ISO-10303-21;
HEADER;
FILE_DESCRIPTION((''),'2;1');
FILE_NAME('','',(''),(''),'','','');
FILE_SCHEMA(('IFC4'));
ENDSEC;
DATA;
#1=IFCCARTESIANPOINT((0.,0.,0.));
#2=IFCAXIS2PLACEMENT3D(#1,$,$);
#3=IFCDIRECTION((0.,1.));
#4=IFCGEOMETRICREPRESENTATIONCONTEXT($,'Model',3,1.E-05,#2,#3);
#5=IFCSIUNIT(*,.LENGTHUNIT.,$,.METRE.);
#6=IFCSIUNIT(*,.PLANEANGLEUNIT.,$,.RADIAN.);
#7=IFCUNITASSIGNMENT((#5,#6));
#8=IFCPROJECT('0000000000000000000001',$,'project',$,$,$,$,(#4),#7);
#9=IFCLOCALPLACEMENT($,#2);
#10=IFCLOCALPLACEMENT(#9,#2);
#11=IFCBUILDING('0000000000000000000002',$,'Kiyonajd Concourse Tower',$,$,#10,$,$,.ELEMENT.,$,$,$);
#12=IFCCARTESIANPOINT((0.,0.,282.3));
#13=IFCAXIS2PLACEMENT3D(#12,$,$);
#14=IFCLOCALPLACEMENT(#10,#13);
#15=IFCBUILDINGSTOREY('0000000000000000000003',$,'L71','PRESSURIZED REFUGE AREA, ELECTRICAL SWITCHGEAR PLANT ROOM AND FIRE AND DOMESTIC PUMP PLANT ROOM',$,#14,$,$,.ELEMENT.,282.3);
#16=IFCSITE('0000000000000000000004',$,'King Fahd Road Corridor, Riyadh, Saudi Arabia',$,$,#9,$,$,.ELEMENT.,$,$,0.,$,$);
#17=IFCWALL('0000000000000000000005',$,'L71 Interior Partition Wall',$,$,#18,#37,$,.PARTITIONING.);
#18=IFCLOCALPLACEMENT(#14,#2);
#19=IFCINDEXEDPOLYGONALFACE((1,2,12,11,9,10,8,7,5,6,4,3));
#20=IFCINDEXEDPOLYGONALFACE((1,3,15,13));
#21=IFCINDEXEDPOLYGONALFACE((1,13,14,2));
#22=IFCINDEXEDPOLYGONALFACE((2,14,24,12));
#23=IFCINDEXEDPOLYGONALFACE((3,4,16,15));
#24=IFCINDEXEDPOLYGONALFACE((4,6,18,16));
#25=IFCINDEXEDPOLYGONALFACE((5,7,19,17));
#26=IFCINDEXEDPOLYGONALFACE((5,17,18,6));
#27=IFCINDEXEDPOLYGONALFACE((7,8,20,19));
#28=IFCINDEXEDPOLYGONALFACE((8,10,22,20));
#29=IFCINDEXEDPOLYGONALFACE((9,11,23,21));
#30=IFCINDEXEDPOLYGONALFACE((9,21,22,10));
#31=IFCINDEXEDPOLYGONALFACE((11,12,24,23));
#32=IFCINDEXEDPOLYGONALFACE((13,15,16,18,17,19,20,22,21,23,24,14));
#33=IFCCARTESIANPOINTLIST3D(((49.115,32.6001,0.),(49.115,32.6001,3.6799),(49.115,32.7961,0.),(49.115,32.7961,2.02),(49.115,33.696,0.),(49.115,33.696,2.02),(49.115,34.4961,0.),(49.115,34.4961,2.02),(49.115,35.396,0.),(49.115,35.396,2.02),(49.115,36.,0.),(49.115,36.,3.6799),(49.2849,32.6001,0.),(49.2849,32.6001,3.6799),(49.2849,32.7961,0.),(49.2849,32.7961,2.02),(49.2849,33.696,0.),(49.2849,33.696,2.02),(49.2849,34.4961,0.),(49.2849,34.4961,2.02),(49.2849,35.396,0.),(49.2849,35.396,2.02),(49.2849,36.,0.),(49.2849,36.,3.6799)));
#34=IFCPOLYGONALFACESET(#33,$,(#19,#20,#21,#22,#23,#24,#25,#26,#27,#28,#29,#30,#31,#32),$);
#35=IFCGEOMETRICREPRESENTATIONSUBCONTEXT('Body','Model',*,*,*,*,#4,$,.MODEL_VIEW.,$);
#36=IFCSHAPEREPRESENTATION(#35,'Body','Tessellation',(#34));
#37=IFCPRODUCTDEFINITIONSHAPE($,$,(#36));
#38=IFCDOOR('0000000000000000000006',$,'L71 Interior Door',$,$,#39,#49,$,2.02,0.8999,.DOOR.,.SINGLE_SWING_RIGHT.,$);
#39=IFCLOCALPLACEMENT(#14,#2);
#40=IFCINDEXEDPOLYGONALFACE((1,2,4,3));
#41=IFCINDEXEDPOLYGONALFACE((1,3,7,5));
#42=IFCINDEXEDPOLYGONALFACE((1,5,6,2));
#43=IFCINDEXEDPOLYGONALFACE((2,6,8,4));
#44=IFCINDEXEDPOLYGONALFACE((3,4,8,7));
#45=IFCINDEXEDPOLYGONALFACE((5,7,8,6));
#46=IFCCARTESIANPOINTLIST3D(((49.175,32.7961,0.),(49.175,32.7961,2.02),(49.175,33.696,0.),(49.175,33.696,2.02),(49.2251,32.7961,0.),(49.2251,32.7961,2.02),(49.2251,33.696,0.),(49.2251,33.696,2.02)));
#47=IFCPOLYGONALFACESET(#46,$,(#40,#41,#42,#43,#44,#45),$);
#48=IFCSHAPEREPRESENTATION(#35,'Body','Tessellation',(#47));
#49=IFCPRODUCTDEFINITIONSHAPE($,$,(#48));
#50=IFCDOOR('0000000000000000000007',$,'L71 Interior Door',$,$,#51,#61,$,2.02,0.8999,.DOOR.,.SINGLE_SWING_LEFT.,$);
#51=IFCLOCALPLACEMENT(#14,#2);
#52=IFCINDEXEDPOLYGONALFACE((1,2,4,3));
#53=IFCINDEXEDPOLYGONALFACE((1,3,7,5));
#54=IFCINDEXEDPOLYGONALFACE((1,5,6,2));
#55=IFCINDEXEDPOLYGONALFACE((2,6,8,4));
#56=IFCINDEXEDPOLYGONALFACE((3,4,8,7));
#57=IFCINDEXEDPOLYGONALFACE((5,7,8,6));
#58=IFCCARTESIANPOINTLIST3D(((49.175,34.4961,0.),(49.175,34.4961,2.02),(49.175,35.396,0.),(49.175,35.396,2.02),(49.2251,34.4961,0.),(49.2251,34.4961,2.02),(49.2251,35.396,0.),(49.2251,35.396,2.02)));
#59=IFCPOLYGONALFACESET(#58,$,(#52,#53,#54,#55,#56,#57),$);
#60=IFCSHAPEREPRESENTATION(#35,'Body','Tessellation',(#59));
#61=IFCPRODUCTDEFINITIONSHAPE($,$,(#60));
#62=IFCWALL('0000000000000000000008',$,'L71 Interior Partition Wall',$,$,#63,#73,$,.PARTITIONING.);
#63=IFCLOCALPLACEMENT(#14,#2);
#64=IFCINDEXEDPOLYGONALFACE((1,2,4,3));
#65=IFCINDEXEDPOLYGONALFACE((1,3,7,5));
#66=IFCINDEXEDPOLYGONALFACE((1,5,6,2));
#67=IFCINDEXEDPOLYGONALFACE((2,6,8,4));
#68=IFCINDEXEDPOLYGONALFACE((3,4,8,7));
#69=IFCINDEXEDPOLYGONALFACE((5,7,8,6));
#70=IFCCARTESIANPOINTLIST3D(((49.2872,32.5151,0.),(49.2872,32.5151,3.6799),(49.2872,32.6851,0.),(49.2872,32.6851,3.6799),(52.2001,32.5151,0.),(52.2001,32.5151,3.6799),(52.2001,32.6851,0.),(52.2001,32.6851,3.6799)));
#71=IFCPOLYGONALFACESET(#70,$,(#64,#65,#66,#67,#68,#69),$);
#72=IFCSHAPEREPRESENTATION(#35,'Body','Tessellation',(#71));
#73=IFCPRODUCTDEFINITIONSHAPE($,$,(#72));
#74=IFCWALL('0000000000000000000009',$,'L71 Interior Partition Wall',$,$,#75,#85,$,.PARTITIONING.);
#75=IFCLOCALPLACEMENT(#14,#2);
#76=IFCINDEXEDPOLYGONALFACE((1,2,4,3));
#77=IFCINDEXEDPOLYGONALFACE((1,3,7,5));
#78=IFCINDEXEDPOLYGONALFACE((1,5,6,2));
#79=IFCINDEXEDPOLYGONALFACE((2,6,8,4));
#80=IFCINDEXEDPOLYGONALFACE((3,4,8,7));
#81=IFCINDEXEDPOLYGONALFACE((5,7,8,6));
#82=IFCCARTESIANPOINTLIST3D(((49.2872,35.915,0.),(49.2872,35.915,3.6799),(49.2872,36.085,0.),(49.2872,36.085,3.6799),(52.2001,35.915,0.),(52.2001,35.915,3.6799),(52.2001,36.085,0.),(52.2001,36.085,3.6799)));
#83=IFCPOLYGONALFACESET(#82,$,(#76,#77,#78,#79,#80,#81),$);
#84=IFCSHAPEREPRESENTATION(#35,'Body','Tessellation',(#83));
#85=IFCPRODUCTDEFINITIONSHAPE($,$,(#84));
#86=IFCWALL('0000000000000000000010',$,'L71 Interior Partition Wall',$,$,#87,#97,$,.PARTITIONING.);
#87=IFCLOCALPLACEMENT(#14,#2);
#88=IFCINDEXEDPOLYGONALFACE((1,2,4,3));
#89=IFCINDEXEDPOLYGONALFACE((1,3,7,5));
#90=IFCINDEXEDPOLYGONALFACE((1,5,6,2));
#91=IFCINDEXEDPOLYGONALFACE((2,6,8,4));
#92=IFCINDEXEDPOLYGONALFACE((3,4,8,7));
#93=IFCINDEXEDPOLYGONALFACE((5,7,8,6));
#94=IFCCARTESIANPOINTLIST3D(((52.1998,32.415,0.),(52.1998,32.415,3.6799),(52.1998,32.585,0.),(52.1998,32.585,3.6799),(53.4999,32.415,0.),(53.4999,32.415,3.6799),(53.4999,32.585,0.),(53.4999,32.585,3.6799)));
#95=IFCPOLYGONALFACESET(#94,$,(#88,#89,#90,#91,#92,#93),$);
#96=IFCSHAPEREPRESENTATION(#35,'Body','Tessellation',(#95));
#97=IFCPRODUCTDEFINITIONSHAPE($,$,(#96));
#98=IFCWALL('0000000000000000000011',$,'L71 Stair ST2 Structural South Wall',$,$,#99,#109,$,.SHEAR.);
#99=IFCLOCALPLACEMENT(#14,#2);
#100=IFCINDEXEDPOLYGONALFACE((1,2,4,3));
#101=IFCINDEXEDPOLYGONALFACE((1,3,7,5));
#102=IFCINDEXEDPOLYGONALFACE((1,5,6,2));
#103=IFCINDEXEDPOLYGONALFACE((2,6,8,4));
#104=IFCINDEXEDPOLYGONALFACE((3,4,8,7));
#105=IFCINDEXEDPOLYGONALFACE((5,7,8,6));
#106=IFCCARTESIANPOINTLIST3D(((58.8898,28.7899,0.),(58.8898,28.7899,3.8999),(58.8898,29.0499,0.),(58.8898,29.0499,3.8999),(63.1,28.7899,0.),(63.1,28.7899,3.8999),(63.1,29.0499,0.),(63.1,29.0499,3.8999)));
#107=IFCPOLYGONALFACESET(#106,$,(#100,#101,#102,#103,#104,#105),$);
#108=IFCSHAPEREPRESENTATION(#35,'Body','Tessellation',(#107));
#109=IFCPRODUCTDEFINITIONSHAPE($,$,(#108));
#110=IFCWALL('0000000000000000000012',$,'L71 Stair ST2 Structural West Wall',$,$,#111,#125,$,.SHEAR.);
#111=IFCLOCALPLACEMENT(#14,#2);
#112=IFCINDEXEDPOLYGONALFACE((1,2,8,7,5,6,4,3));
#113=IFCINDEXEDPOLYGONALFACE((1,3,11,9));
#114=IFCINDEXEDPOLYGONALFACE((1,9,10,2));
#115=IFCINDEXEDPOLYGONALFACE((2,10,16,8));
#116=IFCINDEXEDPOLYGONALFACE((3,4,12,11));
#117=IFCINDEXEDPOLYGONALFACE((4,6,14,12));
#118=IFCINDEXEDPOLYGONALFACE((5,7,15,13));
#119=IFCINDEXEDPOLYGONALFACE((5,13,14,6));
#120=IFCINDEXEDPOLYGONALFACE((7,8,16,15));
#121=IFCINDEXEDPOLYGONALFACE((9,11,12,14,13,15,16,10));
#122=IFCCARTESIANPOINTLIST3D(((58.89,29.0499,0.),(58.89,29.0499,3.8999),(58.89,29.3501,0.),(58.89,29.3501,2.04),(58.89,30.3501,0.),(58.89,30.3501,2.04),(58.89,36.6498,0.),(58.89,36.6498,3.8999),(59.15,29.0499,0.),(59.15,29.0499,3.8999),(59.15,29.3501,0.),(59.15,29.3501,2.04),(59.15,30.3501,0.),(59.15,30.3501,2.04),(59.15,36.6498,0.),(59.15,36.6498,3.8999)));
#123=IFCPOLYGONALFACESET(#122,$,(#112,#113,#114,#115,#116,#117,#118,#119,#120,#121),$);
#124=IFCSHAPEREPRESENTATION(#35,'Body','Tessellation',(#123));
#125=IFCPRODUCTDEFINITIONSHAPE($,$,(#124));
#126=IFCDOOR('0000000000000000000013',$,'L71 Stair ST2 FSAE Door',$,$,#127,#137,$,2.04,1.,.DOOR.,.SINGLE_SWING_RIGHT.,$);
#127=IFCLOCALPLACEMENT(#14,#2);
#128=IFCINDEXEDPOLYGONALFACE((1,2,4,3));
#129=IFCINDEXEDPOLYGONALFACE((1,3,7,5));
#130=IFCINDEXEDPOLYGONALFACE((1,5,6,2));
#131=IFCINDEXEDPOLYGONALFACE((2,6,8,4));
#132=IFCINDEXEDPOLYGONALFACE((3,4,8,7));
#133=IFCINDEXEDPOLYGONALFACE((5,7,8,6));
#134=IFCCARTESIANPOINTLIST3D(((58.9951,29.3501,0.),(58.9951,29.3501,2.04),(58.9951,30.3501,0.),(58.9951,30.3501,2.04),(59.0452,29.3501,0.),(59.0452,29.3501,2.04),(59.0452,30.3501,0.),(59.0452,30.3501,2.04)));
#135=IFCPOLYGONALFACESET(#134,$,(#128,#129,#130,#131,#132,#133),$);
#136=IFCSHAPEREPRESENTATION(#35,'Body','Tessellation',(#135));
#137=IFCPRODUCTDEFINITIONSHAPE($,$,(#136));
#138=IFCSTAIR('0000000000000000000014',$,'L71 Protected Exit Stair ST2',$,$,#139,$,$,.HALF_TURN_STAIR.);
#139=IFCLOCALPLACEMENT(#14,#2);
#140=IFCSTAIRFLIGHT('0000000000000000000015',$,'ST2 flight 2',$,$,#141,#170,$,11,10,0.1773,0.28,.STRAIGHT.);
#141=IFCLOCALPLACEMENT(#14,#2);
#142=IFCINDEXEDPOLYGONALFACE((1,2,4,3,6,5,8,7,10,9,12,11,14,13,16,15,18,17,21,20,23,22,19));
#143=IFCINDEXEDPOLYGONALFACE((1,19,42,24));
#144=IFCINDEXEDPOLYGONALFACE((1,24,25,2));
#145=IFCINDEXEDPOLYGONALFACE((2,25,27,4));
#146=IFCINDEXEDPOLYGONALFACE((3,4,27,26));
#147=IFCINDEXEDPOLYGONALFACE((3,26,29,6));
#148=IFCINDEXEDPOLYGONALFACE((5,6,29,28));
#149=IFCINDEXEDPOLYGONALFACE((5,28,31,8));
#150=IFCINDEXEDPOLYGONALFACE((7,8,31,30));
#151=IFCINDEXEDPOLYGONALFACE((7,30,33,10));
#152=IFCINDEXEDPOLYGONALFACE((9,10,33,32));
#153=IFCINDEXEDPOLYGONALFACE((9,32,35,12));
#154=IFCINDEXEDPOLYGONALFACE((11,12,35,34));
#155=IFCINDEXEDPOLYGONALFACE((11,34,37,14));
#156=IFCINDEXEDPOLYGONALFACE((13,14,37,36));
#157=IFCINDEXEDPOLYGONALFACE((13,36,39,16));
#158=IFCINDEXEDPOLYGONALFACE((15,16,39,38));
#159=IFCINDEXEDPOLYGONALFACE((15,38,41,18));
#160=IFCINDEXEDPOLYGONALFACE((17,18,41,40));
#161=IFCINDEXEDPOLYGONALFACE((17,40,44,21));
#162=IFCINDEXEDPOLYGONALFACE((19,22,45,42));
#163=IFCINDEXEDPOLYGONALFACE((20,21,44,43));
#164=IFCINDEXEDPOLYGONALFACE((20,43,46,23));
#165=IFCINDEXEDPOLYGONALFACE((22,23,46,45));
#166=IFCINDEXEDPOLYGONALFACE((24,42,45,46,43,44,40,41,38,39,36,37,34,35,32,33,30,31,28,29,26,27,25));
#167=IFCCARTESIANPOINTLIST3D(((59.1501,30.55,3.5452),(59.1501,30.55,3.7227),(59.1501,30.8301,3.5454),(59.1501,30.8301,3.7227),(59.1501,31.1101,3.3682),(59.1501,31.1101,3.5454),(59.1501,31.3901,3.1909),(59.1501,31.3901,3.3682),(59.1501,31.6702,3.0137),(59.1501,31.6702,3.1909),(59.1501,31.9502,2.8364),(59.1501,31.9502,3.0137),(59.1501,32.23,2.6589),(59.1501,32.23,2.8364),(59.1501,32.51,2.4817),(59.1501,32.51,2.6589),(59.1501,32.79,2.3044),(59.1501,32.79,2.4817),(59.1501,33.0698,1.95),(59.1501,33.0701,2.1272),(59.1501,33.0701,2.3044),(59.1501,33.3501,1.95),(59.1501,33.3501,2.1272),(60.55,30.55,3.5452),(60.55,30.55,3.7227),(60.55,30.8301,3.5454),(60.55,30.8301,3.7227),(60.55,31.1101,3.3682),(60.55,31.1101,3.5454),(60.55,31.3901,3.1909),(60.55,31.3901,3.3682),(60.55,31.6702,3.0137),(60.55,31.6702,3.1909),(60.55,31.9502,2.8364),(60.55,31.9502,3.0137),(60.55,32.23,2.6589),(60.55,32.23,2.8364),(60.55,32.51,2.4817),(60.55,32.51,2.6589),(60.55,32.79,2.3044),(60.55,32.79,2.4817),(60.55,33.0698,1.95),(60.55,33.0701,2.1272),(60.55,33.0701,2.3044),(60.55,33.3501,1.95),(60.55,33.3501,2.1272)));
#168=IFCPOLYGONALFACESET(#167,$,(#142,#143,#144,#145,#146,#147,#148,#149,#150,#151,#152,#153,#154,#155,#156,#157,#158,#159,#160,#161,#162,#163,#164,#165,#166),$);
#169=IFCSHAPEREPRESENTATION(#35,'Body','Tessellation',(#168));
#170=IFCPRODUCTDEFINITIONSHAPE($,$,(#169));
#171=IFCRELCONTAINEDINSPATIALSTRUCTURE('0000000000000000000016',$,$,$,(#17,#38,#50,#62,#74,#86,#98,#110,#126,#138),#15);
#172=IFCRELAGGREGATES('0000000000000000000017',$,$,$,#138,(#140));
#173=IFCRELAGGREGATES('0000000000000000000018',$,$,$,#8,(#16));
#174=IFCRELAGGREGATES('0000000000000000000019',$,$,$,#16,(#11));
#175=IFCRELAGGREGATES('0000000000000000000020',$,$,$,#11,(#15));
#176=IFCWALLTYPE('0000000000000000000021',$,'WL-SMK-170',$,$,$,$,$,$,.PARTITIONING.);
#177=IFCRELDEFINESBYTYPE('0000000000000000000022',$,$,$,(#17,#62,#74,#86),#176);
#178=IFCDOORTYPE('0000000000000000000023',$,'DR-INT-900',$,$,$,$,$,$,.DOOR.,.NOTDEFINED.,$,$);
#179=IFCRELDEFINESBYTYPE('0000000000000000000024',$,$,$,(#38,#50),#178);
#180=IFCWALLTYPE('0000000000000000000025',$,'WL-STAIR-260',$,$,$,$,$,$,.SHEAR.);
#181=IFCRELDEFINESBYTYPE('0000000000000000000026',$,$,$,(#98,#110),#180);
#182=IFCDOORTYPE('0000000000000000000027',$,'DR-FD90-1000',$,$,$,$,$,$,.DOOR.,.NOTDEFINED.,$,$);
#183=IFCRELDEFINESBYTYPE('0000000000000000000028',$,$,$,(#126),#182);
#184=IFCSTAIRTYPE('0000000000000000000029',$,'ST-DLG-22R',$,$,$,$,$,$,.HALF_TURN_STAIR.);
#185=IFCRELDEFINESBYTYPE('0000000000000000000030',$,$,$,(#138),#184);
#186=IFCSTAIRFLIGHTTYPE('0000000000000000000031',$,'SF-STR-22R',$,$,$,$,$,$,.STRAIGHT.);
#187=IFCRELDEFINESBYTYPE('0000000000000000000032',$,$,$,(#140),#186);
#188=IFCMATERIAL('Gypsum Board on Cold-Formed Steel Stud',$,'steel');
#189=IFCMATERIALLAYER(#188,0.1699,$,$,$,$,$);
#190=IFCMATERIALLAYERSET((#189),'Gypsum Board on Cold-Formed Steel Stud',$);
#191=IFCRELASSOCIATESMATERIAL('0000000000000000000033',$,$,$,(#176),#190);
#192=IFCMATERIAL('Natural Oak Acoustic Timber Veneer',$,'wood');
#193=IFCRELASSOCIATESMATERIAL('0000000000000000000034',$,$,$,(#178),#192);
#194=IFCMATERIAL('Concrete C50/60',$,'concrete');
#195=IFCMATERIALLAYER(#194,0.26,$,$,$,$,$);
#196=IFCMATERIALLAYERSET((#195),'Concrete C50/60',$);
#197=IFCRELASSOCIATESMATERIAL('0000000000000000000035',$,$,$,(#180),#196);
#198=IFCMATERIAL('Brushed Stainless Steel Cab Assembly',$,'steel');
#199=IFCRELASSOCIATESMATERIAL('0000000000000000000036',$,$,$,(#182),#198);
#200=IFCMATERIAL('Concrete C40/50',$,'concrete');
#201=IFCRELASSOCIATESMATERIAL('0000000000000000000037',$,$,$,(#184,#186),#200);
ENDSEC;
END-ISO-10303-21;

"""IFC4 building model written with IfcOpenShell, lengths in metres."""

from ifc_helpers import new_model, si_unit, direction, frame, frame_2d, origin, place, context, subcontext, project, spatial, polyline, rectangle, outline, extrude, material, layer, layer_set, type_object, element, fill, aggregate, save


model = new_model("IFC4")

# Units and contexts
model_context = context("Model", 3, precision=1e-05, world=origin(), true_north=direction((0.0, 1.0)))
body_context = subcontext(model_context, "Body", "Model", "MODEL_VIEW")
ifc_project = project(units=[si_unit("LENGTHUNIT", "METRE"), si_unit("PLANEANGLEUNIT", "RADIAN")], contexts=[model_context])

# Site, building, storey
site_placement = place(None, origin())
site = spatial("IfcSite", under=ifc_project, at=site_placement, Name="King Fahd Road Corridor, Riyadh, Saudi Arabia", CompositionType="ELEMENT", RefElevation=0.0)
building_placement = place(site_placement, origin())
building = spatial("IfcBuilding", under=site, at=building_placement, Name="Kiyonajd Concourse Tower", CompositionType="ELEMENT")
storey_placement = place(building_placement, frame((0.0, 0.0, 282.3)))
storey = spatial("IfcBuildingStorey", under=building, at=storey_placement, Name="L71", Description="PRESSURIZED REFUGE AREA, ELECTRICAL SWITCHGEAR PLANT ROOM AND FIRE AND DOMESTIC PUMP PLANT ROOM", CompositionType="ELEMENT", Elevation=282.3)

# Shared definitions
ifc_material_1 = material(Name="Concrete C50/60", Category="concrete")

# Shared definitions
ifc_material_2 = material(Name="Gypsum Board on Cold-Formed Steel Stud", Category="steel")

# Shared definitions
ifc_material_3 = material(Name="Brushed Stainless Steel Cab Assembly", Category="steel")

# Wall, openings, doors
ifc_layer_1 = layer(ifc_material_2, 0.1699)
ifc_layer_set_1 = layer_set([ifc_layer_1], Name="Gypsum Board on Cold-Formed Steel Stud")
wall_type_1 = type_object("IfcWallType", Name="WL-SMK-170", PredefinedType="PARTITIONING", material=ifc_layer_set_1)
wall_1_placement = place(storey_placement, frame((49.2, 32.6001, 0.0), z_axis=(0.0, 0.0, 1.0), x_axis=(0.0, 1.0, 0.0)))
wall_1 = element("IfcWall", 1, at=wall_1_placement, inside=storey, type_object=wall_type_1, Name="L71 Interior Partition Wall", PredefinedType="PARTITIONING", context=body_context, shape_type="SweptSolid", body=[
    extrude(rectangle(XDim=3.3999, YDim=0.1699, at=frame_2d((1.7, 0.0))), origin(), (0.0, 0.0, 1.0), 3.6799),
])
opening_1_placement = place(wall_1_placement, frame((0.196, 0.0, 0.0)))
opening_1 = element("IfcOpeningElement", 2, at=opening_1_placement, cuts=wall_1, PredefinedType="OPENING", context=body_context, shape_type="SweptSolid", body=[
    extrude(rectangle(XDim=0.8999, YDim=2.02, at=frame_2d((0.45, 1.01))), frame((0.0, 0.095, 0.0), z_axis=(0.0, -1.0, 0.0), x_axis=(1.0, 0.0, 0.0)), (0.0, 0.0, 1.0), 0.1899),
])
opening_2_placement = place(wall_1_placement, frame((1.896, 0.0, 0.0)))
opening_2 = element("IfcOpeningElement", 3, at=opening_2_placement, cuts=wall_1, PredefinedType="OPENING", context=body_context, shape_type="SweptSolid", body=[
    extrude(rectangle(XDim=0.8999, YDim=2.02, at=frame_2d((0.45, 1.01))), frame((0.0, 0.095, 0.0), z_axis=(0.0, -1.0, 0.0), x_axis=(1.0, 0.0, 0.0)), (0.0, 0.0, 1.0), 0.1899),
])
ifc_material_4 = material(Name="Natural Oak Acoustic Timber Veneer", Category="wood")
door_type_1 = type_object("IfcDoorType", Name="DR-INT-900", OperationType="NOTDEFINED", PredefinedType="DOOR", material=ifc_material_4)
door_1_placement = place(opening_1_placement, origin())
door_1 = element("IfcDoor", 4, at=door_1_placement, inside=storey, type_object=door_type_1, Name="L71 Interior Door", OperationType="SINGLE_SWING_RIGHT", OverallHeight=2.02, OverallWidth=0.8999, PredefinedType="DOOR", context=body_context, shape_type="SweptSolid", body=[
    extrude(rectangle(XDim=0.8999, YDim=2.02, at=frame_2d((0.45, 1.01))), frame((0.0, 0.0249, 0.0), z_axis=(0.0, -1.0, 0.0), x_axis=(1.0, 0.0, 0.0)), (0.0, 0.0, 1.0), 0.05),
])
fill(opening_1, door_1)
door_2_placement = place(opening_2_placement, origin())
door_2 = element("IfcDoor", 5, at=door_2_placement, inside=storey, type_object=door_type_1, Name="L71 Interior Door", OperationType="SINGLE_SWING_LEFT", OverallHeight=2.02, OverallWidth=0.8999, PredefinedType="DOOR", context=body_context, shape_type="SweptSolid", body=[
    extrude(rectangle(XDim=0.8999, YDim=2.02, at=frame_2d((0.45, 1.01))), frame((0.0, 0.0249, 0.0), z_axis=(0.0, -1.0, 0.0), x_axis=(1.0, 0.0, 0.0)), (0.0, 0.0, 1.0), 0.05),
])
fill(opening_2, door_2)

# Walls
for number, where, z_axis, x_axis, name in (
    (6, (49.2871, 32.6001, 0.0), (0.0, 0.0, 1.0), (1.0, 0.0, 0.0), "L71 Interior Partition Wall"),
    (7, (49.2871, 36.0, 0.0), (0.0, 0.0, 1.0), (1.0, 0.0, 0.0), "L71 Interior Partition Wall"),
):
    element("IfcWall", number, at=place(storey_placement, frame(where, z_axis=z_axis, x_axis=x_axis)), inside=storey, type_object=wall_type_1, Name=name, PredefinedType="PARTITIONING", context=body_context, shape_type="SweptSolid", body=[
        extrude(rectangle(XDim=2.9128, YDim=0.1699, at=frame_2d((1.4565, 0.0))), origin(), (0.0, 0.0, 1.0), 3.6799),
    ])
wall_2_placement = place(storey_placement, frame((52.2, 32.5, 0.0), z_axis=(0.0, 0.0, 1.0), x_axis=(1.0, 0.0, 0.0)))
element("IfcWall", 8, at=wall_2_placement, inside=storey, type_object=wall_type_1, Name="L71 Interior Partition Wall", PredefinedType="PARTITIONING", context=body_context, shape_type="SweptSolid", body=[
    extrude(rectangle(XDim=1.3, YDim=0.1699, at=frame_2d((0.6499, 0.0))), origin(), (0.0, 0.0, 1.0), 3.6799),
])
ifc_layer_2 = layer(ifc_material_1, 0.26)
ifc_layer_set_2 = layer_set([ifc_layer_2], Name="Concrete C50/60")
wall_type_2 = type_object("IfcWallType", Name="WL-STAIR-260", PredefinedType="SHEAR", material=ifc_layer_set_2)
wall_3_placement = place(storey_placement, frame((58.8899, 28.9199, 0.0), z_axis=(0.0, 0.0, 1.0), x_axis=(1.0, 0.0, 0.0)))
element("IfcWall", 9, at=wall_3_placement, inside=storey, type_object=wall_type_2, Name="L71 Stair ST2 Structural South Wall", PredefinedType="SHEAR", context=body_context, shape_type="SweptSolid", body=[
    extrude(rectangle(XDim=4.2102, YDim=0.26, at=frame_2d((2.105, 0.0))), origin(), (0.0, 0.0, 1.0), 3.8999),
])

# Wall, opening, door
wall_4_placement = place(storey_placement, frame((59.02, 29.05, 0.0), z_axis=(0.0, 0.0, 1.0), x_axis=(0.0, 1.0, 0.0)))
wall_4 = element("IfcWall", 10, at=wall_4_placement, inside=storey, type_object=wall_type_2, Name="L71 Stair ST2 Structural West Wall", PredefinedType="SHEAR", context=body_context, shape_type="SweptSolid", body=[
    extrude(rectangle(XDim=7.5999, YDim=0.26, at=frame_2d((3.7998, 0.0))), origin(), (0.0, 0.0, 1.0), 3.8999),
])
opening_3_placement = place(wall_4_placement, frame((0.3, 0.0, 0.0)))
opening_3 = element("IfcOpeningElement", 11, at=opening_3_placement, cuts=wall_4, PredefinedType="OPENING", context=body_context, shape_type="SweptSolid", body=[
    extrude(rectangle(XDim=1.0, YDim=2.04, at=frame_2d((0.5, 1.02))), frame((0.0, 0.1399, 0.0), z_axis=(0.0, -1.0, 0.0), x_axis=(1.0, 0.0, 0.0)), (0.0, 0.0, 1.0), 0.28),
])
door_type_2 = type_object("IfcDoorType", Name="DR-FD90-1000", OperationType="NOTDEFINED", PredefinedType="DOOR", material=ifc_material_3)
door_3_placement = place(opening_3_placement, origin())
door_3 = element("IfcDoor", 12, at=door_3_placement, inside=storey, type_object=door_type_2, Name="L71 Stair ST2 FSAE Door", OperationType="SINGLE_SWING_RIGHT", OverallHeight=2.04, OverallWidth=1.0, PredefinedType="DOOR", context=body_context, shape_type="SweptSolid", body=[
    extrude(rectangle(XDim=1.0, YDim=2.04, at=frame_2d((0.5, 1.02))), frame((0.0, 0.0249, 0.0), z_axis=(0.0, -1.0, 0.0), x_axis=(1.0, 0.0, 0.0)), (0.0, 0.0, 1.0), 0.05),
])
fill(opening_3, door_3)

# Stair, stair flight
ifc_material_5 = material(Name="Concrete C40/50", Category="concrete")
stair_type = type_object("IfcStairType", Name="ST-DLG-22R", PredefinedType="HALF_TURN_STAIR", material=ifc_material_5)
stair_placement = place(storey_placement, origin())
stair = element("IfcStair", 13, at=stair_placement, inside=storey, type_object=stair_type, Name="L71 Protected Exit Stair ST2", PredefinedType="HALF_TURN_STAIR")
stair_flight_type = type_object("IfcStairFlightType", Name="SF-STR-22R", PredefinedType="STRAIGHT", material=ifc_material_5)
stair_flight_placement = place(storey_placement, frame((59.8501, 33.3501, 1.95), z_axis=(0.0, 0.0, 1.0), x_axis=(0.0, -1.0, 0.0)))
stair_flight = element("IfcStairFlight", 14, at=stair_flight_placement, type_object=stair_flight_type, Name="ST2 flight 2", NumberOfRisers=11, NumberOfTreads=10, PredefinedType="STRAIGHT", RiserHeight=0.1773, TreadLength=0.28, context=body_context, shape_type="SweptSolid", body=[
    extrude(outline(polyline([(0.0, 0.0), (0.0, 0.1772), (0.28, 0.1772), (0.28, 0.3545), (0.5601, 0.3545), (0.5601, 0.5317), (0.8401, 0.5317), (0.8401, 0.709), (1.1201, 0.709), (1.1201, 0.8865), (1.3999, 0.8865), (1.3999, 1.0637), (1.6799, 1.0637), (1.6799, 1.241), (1.96, 1.241), (1.96, 1.4182), (2.24, 1.4182), (2.24, 1.5955), (2.52, 1.5955), (2.52, 1.7727), (2.8, 1.7727), (2.8, 1.95), (2.8, 1.5952), (0.2803, 0.0), (0.0, 0.0)])), frame((0.0, 0.7, 0.0), z_axis=(0.0, -1.0, 0.0), x_axis=(1.0, 0.0, 0.0)), (0.0, 0.0, 1.0), 1.3999),
])
aggregate(stair, [stair_flight])

save(model, "model.ifc")
